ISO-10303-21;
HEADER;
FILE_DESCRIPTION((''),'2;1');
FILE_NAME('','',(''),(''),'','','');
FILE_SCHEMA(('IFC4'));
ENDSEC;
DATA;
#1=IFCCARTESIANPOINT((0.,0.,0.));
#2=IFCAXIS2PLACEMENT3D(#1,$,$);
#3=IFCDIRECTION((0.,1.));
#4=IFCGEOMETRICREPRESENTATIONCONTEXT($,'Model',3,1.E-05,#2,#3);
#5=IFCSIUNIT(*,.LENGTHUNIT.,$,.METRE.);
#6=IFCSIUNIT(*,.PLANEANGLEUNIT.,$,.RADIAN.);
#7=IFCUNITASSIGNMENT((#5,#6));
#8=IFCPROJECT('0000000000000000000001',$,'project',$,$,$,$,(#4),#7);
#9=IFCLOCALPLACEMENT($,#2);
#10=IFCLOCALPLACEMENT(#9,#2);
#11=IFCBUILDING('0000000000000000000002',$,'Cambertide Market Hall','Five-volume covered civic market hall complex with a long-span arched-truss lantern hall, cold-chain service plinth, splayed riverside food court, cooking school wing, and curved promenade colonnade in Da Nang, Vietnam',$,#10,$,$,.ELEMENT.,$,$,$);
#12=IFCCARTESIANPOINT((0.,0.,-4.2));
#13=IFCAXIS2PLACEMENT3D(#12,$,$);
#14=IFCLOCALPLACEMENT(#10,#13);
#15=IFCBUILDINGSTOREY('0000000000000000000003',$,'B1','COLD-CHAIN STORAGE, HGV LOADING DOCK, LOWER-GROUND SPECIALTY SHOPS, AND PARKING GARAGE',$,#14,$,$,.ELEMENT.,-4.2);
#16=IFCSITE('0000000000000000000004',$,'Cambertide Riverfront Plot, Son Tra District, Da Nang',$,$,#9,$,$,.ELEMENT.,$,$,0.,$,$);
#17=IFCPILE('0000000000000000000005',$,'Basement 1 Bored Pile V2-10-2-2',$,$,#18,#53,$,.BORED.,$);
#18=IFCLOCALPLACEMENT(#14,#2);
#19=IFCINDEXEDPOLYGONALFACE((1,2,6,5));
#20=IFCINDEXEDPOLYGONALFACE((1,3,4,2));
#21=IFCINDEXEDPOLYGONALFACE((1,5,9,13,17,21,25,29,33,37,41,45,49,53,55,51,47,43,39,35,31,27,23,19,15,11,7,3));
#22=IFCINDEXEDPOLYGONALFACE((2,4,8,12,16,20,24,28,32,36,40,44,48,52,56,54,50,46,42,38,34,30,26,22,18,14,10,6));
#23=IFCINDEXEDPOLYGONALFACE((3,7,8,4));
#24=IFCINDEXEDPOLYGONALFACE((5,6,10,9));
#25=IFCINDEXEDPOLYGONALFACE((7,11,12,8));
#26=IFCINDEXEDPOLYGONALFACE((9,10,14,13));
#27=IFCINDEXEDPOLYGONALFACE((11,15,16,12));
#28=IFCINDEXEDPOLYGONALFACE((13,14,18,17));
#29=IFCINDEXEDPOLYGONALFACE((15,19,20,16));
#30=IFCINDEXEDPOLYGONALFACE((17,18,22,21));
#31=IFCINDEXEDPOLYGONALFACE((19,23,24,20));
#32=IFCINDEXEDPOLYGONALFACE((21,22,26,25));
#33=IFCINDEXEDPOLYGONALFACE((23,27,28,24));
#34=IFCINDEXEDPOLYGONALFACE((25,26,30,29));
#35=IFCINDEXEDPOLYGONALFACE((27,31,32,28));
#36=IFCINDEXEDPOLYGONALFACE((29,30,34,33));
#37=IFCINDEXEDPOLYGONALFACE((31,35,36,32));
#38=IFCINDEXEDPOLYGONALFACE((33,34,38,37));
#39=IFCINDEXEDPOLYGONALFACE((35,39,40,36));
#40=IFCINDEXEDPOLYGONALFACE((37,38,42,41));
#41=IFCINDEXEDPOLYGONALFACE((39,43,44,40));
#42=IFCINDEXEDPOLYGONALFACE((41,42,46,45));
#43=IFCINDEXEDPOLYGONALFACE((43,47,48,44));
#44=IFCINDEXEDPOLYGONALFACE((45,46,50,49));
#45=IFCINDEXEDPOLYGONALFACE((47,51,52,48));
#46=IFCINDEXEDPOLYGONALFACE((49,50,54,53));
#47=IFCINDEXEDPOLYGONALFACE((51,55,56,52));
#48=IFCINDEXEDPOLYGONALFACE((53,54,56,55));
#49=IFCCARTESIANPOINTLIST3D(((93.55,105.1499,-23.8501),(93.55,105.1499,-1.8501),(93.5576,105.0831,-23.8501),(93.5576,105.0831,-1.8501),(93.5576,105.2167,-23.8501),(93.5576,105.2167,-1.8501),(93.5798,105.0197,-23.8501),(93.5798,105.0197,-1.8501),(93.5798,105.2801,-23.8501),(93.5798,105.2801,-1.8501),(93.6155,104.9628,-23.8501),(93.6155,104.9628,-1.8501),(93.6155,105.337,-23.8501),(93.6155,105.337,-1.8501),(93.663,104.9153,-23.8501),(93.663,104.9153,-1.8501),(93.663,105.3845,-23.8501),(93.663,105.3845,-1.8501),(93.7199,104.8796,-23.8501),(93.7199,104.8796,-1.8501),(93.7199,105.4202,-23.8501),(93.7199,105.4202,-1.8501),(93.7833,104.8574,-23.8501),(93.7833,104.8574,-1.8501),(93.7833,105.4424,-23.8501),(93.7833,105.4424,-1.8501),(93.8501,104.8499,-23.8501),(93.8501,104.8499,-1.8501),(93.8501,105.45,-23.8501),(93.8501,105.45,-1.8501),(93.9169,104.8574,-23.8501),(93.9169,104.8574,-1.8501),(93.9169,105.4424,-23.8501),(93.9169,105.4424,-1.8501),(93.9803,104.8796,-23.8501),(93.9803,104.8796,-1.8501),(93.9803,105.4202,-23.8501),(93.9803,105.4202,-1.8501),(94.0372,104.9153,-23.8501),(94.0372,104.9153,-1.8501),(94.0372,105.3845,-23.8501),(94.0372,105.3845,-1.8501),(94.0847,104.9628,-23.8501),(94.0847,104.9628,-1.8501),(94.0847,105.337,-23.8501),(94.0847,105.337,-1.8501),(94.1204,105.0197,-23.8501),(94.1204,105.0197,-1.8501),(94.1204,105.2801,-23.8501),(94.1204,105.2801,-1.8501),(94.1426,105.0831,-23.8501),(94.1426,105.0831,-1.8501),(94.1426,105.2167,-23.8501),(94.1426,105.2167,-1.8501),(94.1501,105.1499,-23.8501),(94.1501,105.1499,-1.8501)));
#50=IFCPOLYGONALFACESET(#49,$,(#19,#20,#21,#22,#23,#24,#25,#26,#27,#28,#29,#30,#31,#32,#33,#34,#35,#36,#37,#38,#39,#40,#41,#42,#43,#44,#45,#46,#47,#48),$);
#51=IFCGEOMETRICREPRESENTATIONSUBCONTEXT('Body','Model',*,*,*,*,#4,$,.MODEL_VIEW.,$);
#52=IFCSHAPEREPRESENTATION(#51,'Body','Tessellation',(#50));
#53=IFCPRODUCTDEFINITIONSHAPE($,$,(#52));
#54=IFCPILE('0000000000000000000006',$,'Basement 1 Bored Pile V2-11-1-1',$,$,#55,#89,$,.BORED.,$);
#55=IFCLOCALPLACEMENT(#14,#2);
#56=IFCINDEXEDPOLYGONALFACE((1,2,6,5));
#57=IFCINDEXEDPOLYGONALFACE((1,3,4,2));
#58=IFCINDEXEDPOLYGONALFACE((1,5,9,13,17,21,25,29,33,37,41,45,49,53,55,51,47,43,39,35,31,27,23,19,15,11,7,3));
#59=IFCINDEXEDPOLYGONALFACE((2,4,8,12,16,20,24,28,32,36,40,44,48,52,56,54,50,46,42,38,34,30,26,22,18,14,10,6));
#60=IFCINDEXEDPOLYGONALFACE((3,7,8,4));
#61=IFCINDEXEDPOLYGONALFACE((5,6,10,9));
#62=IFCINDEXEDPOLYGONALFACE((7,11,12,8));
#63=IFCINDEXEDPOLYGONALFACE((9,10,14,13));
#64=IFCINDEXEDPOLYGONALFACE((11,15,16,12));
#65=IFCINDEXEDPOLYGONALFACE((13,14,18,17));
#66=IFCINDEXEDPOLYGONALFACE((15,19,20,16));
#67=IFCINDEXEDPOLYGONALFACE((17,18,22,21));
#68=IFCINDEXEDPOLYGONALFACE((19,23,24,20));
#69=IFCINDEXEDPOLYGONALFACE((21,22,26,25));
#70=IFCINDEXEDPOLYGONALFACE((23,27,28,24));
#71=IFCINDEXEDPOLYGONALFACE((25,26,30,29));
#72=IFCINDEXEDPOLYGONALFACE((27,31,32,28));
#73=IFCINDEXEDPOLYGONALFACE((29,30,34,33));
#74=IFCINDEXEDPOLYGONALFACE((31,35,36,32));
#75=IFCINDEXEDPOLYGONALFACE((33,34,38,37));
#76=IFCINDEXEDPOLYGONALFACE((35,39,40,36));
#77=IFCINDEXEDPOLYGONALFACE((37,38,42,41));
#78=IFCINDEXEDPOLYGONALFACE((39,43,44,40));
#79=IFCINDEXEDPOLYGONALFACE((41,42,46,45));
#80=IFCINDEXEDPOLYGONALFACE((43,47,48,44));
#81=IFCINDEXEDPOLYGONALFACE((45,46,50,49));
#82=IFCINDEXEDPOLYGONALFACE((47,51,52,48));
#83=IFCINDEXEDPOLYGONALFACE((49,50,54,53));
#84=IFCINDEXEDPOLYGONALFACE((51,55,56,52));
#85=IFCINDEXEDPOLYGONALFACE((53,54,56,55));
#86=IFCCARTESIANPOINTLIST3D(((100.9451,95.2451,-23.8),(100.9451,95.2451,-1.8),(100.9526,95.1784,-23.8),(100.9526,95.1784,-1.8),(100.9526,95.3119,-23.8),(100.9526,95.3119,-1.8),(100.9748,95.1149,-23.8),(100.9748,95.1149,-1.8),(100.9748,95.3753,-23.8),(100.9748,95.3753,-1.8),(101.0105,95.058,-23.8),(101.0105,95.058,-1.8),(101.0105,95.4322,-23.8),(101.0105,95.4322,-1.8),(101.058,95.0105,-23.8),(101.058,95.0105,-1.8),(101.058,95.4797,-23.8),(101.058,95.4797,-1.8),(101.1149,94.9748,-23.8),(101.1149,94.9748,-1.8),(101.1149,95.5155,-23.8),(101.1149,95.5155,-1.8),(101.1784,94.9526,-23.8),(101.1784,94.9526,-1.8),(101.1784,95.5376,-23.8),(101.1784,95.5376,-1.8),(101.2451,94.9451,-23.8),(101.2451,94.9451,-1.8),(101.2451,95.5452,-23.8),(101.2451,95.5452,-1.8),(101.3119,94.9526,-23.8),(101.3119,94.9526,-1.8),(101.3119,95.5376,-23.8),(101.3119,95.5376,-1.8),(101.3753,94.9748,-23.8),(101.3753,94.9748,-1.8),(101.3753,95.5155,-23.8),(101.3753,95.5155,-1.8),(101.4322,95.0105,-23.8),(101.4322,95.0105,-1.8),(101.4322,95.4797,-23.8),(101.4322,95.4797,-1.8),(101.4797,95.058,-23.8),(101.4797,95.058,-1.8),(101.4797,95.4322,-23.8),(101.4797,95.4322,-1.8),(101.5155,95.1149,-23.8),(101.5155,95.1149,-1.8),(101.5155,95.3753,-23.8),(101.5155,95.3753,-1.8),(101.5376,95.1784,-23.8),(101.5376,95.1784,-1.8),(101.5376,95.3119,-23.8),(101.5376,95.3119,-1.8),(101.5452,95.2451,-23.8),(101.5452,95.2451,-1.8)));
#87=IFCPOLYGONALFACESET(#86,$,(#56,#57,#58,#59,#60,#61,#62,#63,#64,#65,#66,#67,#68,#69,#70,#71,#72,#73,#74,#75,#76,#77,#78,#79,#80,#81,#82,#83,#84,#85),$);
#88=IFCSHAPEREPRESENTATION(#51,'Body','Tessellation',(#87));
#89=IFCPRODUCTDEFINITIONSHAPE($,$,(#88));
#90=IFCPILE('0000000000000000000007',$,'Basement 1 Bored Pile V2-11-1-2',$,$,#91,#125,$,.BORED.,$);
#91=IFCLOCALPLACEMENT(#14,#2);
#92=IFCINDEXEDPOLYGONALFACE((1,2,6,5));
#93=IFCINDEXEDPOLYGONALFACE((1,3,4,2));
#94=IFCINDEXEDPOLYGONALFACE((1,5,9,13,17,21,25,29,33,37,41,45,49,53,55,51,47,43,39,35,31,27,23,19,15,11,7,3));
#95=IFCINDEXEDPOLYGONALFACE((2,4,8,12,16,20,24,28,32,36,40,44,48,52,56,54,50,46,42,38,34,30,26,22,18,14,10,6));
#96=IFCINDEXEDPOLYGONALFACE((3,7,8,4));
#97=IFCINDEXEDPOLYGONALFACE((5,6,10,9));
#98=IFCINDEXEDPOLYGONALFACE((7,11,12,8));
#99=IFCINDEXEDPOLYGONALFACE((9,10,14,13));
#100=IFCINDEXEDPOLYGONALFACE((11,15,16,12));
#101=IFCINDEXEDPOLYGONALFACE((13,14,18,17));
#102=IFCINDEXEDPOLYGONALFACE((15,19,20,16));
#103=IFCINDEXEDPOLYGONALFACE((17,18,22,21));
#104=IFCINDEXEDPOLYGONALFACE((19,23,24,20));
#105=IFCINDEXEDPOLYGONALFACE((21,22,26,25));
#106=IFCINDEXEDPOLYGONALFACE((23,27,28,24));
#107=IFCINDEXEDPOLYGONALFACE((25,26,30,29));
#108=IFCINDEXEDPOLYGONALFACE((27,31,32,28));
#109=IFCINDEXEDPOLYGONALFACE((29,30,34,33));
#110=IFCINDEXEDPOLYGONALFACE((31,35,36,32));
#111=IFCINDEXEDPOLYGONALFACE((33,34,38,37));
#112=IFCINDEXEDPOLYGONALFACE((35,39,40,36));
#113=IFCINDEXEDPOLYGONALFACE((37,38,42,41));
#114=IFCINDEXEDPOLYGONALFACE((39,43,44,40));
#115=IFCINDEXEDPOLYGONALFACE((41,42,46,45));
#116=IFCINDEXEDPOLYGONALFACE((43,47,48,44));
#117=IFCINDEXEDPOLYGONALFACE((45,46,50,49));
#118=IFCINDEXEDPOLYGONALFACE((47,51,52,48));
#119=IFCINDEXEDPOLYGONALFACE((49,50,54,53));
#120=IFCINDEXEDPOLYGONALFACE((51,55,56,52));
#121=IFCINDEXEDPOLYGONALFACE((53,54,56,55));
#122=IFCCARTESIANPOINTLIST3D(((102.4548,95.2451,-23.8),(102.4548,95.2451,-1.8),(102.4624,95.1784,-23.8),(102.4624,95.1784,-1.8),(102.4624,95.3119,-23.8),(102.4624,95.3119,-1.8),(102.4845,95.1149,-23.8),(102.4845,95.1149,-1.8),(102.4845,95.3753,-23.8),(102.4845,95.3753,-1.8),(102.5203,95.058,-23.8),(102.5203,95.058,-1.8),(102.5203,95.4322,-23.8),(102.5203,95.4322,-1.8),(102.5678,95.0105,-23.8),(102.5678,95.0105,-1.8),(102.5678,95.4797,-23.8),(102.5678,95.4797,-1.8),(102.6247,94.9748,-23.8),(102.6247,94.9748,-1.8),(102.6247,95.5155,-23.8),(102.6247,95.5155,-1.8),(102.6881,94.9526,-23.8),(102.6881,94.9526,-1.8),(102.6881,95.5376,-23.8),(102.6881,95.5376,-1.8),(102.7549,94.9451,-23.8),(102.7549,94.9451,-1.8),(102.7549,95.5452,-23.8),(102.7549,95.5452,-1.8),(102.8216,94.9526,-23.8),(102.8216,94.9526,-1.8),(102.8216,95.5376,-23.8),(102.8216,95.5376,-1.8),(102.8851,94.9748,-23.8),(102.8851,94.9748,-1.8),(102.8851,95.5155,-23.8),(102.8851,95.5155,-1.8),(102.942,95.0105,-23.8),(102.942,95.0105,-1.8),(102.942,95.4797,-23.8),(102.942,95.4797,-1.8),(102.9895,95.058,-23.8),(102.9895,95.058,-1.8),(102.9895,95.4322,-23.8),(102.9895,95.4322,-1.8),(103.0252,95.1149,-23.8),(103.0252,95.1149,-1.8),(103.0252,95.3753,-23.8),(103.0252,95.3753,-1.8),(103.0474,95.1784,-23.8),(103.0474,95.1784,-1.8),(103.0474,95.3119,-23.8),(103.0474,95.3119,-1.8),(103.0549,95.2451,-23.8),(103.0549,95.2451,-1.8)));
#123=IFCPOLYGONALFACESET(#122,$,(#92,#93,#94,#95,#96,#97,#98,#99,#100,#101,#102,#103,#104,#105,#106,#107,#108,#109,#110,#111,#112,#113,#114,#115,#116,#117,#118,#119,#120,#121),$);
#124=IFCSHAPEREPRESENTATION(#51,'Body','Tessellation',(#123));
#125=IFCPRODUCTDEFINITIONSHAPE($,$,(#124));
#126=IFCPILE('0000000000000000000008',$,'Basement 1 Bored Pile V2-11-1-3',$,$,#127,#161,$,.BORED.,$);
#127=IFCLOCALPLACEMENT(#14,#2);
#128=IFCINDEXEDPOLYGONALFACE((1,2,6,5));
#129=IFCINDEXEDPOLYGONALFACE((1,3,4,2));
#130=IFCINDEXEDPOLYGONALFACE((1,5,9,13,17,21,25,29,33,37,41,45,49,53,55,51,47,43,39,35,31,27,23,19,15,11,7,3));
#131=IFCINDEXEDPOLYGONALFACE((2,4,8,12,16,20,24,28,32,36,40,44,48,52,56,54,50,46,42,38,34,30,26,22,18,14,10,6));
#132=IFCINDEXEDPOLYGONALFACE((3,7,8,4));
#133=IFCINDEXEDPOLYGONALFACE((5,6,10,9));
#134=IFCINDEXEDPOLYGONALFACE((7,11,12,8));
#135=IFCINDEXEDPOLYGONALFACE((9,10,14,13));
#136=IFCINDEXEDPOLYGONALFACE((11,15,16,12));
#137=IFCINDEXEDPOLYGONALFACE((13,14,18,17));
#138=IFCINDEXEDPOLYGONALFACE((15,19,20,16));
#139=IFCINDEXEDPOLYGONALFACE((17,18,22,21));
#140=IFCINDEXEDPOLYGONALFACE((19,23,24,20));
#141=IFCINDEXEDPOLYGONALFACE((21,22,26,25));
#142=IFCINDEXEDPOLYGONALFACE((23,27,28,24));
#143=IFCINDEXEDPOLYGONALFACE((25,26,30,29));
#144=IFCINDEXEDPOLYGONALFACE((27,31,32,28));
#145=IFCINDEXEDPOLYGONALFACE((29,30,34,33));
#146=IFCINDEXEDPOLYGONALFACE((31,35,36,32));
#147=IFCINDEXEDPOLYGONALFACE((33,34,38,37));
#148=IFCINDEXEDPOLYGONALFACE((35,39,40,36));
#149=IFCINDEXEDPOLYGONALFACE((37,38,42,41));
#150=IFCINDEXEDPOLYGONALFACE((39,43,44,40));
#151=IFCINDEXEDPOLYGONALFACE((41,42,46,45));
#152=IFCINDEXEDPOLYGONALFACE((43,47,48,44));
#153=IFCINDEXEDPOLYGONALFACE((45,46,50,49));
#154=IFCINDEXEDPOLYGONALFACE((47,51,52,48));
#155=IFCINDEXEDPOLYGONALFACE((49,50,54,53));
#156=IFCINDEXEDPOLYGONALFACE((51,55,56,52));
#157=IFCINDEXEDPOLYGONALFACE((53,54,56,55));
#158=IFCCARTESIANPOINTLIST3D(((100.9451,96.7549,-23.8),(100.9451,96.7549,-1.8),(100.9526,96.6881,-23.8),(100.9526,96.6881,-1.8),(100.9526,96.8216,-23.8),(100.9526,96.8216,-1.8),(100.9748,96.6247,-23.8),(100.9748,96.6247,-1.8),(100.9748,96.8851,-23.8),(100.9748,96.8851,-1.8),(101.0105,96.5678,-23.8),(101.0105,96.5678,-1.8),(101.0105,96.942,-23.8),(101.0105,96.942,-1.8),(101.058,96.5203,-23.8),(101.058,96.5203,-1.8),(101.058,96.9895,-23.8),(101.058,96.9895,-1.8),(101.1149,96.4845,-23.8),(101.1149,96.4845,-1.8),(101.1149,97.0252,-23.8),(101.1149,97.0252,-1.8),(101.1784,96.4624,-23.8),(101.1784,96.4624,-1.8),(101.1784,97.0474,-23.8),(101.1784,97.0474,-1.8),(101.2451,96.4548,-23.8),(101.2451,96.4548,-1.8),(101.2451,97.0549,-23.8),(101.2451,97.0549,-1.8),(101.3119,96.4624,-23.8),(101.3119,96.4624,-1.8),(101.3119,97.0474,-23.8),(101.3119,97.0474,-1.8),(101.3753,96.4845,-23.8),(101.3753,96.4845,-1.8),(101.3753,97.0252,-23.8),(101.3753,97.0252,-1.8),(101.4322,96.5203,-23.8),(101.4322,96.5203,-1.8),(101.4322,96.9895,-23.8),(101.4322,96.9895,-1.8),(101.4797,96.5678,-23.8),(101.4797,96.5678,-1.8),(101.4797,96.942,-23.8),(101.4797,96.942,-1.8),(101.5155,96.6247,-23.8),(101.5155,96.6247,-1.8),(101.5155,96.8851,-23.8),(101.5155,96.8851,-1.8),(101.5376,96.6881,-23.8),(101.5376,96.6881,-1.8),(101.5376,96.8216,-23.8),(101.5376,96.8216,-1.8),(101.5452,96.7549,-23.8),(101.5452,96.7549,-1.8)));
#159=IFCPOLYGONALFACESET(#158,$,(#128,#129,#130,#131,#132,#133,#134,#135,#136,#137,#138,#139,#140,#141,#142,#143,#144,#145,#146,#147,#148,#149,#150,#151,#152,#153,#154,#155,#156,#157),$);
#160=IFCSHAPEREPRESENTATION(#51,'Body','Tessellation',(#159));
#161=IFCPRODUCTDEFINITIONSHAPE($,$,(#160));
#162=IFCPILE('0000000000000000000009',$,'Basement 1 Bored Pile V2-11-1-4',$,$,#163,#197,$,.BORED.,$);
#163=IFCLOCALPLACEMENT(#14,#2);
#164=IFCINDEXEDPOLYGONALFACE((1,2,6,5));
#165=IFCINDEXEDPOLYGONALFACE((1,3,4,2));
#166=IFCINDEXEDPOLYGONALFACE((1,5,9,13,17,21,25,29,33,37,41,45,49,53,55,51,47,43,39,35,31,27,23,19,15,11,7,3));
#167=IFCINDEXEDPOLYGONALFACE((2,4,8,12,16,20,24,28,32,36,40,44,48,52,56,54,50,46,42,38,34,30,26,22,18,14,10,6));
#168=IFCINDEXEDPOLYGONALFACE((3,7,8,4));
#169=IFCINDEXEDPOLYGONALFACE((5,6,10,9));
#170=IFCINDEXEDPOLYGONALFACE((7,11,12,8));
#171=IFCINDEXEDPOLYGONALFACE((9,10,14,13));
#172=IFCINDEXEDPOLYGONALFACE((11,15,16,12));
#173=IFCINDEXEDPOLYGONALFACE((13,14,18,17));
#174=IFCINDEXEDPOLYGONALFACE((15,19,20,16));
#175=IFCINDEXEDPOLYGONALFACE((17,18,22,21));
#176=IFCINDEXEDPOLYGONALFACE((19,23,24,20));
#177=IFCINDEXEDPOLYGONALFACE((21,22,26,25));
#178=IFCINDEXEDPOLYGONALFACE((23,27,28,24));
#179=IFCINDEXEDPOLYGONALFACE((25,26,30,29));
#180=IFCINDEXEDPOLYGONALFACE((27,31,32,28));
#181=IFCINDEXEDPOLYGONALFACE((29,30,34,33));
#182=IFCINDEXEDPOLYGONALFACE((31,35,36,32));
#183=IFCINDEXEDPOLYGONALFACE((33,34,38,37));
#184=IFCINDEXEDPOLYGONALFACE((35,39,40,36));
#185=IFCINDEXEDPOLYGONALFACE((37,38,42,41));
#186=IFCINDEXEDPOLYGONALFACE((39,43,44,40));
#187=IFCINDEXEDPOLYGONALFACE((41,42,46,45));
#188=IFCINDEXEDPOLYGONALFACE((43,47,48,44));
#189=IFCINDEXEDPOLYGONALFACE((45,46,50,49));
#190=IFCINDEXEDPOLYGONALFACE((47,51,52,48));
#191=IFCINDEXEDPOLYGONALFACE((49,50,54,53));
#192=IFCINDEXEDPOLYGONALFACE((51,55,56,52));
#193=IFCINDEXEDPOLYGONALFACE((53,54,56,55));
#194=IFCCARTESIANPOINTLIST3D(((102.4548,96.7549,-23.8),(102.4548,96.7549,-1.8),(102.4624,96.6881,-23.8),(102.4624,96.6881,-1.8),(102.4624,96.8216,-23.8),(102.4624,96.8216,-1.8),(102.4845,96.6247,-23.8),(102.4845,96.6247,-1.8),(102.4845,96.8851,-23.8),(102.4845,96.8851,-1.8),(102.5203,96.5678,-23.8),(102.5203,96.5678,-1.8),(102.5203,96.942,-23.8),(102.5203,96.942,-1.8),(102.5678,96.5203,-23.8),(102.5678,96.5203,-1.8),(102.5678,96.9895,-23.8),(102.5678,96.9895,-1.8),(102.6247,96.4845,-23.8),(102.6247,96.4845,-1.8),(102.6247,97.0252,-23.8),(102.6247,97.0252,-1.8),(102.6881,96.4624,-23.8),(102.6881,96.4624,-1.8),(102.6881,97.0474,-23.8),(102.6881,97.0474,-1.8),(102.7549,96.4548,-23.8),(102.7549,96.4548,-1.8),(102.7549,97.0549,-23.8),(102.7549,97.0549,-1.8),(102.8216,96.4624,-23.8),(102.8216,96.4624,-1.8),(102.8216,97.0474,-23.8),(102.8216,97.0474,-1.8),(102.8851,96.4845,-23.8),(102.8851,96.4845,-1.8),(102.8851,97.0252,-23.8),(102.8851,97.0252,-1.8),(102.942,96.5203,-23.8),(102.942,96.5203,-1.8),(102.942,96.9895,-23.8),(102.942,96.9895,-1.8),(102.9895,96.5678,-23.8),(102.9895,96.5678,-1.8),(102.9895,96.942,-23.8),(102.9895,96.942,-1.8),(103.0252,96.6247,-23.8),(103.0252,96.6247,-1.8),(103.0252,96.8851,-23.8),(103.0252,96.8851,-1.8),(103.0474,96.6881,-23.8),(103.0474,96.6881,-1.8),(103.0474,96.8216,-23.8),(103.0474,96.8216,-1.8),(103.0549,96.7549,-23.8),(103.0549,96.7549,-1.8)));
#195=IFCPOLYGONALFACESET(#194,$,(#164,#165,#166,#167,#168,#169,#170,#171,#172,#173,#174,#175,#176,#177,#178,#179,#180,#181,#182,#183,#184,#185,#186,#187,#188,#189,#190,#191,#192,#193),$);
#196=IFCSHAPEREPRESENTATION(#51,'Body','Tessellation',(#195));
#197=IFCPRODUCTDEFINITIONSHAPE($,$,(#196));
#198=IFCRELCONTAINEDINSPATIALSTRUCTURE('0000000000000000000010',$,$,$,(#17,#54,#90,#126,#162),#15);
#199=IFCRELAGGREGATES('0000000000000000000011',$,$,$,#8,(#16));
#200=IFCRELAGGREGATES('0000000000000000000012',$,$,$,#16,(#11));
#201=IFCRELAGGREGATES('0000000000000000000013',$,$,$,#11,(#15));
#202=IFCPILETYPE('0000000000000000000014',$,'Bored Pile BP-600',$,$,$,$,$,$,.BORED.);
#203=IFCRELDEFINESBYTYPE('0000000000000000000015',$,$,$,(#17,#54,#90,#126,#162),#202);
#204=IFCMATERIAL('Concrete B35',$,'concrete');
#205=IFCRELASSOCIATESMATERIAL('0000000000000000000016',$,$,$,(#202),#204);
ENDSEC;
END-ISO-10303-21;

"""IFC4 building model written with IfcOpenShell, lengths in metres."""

from ifc_helpers import new_model, si_unit, direction, frame, origin, origin_2d, place, context, subcontext, project, spatial, circle, extrude, material, material_profile, profile_set, type_object, element, save


model = new_model("IFC4")

# Units and contexts
model_context = context("Model", 3, precision=1e-05, world=origin(), true_north=direction((0.0, 1.0)))
body_context = subcontext(model_context, "Body", "Model", "MODEL_VIEW")
ifc_project = project(units=[si_unit("LENGTHUNIT", "METRE"), si_unit("PLANEANGLEUNIT", "RADIAN")], contexts=[model_context])

# Site, building, storey
site_placement = place(None, origin())
site = spatial("IfcSite", under=ifc_project, at=site_placement, Name="Cambertide Riverfront Plot, Son Tra District, Da Nang", CompositionType="ELEMENT", RefElevation=0.0)
building_placement = place(site_placement, origin())
building = spatial("IfcBuilding", under=site, at=building_placement, Name="Cambertide Market Hall", Description="Five-volume covered civic market hall complex with a long-span arched-truss lantern hall, cold-chain service plinth, splayed riverside food court, cooking school wing, and curved promenade colonnade in Da Nang, Vietnam", CompositionType="ELEMENT")
storey_placement = place(building_placement, frame((0.0, 0.0, -4.2)))
storey = spatial("IfcBuildingStorey", under=building, at=storey_placement, Name="B1", Description="COLD-CHAIN STORAGE, HGV LOADING DOCK, LOWER-GROUND SPECIALTY SHOPS, AND PARKING GARAGE", CompositionType="ELEMENT", Elevation=-4.2)

# Piles
ifc_material_1 = material(Name="Concrete B35", Category="concrete")
ifc_material_profile_1 = material_profile(ifc_material_1, circle(Radius=0.3, at=origin_2d()), Name="BP D600")
ifc_profile_set_1 = profile_set([ifc_material_profile_1], Name="Concrete B35")
pile_type = type_object("IfcPileType", Name="Bored Pile BP-600", PredefinedType="BORED", material=ifc_profile_set_1)
for number, where, z_axis, x_axis, name in (
    (1, (93.8501, 105.1499, -1.8501), (0.0, 0.0, -1.0), (1.0, 0.0, 0.0), "Basement 1 Bored Pile V2-10-2-2"),
    (2, (101.2451, 95.2451, -1.8), (0.0, 0.0, -1.0), (1.0, 0.0, 0.0), "Basement 1 Bored Pile V2-11-1-1"),
    (3, (102.7549, 95.2451, -1.8), (0.0, 0.0, -1.0), (1.0, 0.0, 0.0), "Basement 1 Bored Pile V2-11-1-2"),
    (4, (101.2451, 96.7549, -1.8), (0.0, 0.0, -1.0), (1.0, 0.0, 0.0), "Basement 1 Bored Pile V2-11-1-3"),
    (5, (102.7549, 96.7549, -1.8), (0.0, 0.0, -1.0), (1.0, 0.0, 0.0), "Basement 1 Bored Pile V2-11-1-4"),
):
    element("IfcPile", number, at=place(storey_placement, frame(where, z_axis=z_axis, x_axis=x_axis)), inside=storey, type_object=pile_type, Name=name, PredefinedType="BORED", context=body_context, shape_type="SweptSolid", body=[
        extrude(circle(Radius=0.3, at=origin_2d()), origin(), (0.0, 0.0, 1.0), 22.0),
    ])

save(model, "model.ifc")
